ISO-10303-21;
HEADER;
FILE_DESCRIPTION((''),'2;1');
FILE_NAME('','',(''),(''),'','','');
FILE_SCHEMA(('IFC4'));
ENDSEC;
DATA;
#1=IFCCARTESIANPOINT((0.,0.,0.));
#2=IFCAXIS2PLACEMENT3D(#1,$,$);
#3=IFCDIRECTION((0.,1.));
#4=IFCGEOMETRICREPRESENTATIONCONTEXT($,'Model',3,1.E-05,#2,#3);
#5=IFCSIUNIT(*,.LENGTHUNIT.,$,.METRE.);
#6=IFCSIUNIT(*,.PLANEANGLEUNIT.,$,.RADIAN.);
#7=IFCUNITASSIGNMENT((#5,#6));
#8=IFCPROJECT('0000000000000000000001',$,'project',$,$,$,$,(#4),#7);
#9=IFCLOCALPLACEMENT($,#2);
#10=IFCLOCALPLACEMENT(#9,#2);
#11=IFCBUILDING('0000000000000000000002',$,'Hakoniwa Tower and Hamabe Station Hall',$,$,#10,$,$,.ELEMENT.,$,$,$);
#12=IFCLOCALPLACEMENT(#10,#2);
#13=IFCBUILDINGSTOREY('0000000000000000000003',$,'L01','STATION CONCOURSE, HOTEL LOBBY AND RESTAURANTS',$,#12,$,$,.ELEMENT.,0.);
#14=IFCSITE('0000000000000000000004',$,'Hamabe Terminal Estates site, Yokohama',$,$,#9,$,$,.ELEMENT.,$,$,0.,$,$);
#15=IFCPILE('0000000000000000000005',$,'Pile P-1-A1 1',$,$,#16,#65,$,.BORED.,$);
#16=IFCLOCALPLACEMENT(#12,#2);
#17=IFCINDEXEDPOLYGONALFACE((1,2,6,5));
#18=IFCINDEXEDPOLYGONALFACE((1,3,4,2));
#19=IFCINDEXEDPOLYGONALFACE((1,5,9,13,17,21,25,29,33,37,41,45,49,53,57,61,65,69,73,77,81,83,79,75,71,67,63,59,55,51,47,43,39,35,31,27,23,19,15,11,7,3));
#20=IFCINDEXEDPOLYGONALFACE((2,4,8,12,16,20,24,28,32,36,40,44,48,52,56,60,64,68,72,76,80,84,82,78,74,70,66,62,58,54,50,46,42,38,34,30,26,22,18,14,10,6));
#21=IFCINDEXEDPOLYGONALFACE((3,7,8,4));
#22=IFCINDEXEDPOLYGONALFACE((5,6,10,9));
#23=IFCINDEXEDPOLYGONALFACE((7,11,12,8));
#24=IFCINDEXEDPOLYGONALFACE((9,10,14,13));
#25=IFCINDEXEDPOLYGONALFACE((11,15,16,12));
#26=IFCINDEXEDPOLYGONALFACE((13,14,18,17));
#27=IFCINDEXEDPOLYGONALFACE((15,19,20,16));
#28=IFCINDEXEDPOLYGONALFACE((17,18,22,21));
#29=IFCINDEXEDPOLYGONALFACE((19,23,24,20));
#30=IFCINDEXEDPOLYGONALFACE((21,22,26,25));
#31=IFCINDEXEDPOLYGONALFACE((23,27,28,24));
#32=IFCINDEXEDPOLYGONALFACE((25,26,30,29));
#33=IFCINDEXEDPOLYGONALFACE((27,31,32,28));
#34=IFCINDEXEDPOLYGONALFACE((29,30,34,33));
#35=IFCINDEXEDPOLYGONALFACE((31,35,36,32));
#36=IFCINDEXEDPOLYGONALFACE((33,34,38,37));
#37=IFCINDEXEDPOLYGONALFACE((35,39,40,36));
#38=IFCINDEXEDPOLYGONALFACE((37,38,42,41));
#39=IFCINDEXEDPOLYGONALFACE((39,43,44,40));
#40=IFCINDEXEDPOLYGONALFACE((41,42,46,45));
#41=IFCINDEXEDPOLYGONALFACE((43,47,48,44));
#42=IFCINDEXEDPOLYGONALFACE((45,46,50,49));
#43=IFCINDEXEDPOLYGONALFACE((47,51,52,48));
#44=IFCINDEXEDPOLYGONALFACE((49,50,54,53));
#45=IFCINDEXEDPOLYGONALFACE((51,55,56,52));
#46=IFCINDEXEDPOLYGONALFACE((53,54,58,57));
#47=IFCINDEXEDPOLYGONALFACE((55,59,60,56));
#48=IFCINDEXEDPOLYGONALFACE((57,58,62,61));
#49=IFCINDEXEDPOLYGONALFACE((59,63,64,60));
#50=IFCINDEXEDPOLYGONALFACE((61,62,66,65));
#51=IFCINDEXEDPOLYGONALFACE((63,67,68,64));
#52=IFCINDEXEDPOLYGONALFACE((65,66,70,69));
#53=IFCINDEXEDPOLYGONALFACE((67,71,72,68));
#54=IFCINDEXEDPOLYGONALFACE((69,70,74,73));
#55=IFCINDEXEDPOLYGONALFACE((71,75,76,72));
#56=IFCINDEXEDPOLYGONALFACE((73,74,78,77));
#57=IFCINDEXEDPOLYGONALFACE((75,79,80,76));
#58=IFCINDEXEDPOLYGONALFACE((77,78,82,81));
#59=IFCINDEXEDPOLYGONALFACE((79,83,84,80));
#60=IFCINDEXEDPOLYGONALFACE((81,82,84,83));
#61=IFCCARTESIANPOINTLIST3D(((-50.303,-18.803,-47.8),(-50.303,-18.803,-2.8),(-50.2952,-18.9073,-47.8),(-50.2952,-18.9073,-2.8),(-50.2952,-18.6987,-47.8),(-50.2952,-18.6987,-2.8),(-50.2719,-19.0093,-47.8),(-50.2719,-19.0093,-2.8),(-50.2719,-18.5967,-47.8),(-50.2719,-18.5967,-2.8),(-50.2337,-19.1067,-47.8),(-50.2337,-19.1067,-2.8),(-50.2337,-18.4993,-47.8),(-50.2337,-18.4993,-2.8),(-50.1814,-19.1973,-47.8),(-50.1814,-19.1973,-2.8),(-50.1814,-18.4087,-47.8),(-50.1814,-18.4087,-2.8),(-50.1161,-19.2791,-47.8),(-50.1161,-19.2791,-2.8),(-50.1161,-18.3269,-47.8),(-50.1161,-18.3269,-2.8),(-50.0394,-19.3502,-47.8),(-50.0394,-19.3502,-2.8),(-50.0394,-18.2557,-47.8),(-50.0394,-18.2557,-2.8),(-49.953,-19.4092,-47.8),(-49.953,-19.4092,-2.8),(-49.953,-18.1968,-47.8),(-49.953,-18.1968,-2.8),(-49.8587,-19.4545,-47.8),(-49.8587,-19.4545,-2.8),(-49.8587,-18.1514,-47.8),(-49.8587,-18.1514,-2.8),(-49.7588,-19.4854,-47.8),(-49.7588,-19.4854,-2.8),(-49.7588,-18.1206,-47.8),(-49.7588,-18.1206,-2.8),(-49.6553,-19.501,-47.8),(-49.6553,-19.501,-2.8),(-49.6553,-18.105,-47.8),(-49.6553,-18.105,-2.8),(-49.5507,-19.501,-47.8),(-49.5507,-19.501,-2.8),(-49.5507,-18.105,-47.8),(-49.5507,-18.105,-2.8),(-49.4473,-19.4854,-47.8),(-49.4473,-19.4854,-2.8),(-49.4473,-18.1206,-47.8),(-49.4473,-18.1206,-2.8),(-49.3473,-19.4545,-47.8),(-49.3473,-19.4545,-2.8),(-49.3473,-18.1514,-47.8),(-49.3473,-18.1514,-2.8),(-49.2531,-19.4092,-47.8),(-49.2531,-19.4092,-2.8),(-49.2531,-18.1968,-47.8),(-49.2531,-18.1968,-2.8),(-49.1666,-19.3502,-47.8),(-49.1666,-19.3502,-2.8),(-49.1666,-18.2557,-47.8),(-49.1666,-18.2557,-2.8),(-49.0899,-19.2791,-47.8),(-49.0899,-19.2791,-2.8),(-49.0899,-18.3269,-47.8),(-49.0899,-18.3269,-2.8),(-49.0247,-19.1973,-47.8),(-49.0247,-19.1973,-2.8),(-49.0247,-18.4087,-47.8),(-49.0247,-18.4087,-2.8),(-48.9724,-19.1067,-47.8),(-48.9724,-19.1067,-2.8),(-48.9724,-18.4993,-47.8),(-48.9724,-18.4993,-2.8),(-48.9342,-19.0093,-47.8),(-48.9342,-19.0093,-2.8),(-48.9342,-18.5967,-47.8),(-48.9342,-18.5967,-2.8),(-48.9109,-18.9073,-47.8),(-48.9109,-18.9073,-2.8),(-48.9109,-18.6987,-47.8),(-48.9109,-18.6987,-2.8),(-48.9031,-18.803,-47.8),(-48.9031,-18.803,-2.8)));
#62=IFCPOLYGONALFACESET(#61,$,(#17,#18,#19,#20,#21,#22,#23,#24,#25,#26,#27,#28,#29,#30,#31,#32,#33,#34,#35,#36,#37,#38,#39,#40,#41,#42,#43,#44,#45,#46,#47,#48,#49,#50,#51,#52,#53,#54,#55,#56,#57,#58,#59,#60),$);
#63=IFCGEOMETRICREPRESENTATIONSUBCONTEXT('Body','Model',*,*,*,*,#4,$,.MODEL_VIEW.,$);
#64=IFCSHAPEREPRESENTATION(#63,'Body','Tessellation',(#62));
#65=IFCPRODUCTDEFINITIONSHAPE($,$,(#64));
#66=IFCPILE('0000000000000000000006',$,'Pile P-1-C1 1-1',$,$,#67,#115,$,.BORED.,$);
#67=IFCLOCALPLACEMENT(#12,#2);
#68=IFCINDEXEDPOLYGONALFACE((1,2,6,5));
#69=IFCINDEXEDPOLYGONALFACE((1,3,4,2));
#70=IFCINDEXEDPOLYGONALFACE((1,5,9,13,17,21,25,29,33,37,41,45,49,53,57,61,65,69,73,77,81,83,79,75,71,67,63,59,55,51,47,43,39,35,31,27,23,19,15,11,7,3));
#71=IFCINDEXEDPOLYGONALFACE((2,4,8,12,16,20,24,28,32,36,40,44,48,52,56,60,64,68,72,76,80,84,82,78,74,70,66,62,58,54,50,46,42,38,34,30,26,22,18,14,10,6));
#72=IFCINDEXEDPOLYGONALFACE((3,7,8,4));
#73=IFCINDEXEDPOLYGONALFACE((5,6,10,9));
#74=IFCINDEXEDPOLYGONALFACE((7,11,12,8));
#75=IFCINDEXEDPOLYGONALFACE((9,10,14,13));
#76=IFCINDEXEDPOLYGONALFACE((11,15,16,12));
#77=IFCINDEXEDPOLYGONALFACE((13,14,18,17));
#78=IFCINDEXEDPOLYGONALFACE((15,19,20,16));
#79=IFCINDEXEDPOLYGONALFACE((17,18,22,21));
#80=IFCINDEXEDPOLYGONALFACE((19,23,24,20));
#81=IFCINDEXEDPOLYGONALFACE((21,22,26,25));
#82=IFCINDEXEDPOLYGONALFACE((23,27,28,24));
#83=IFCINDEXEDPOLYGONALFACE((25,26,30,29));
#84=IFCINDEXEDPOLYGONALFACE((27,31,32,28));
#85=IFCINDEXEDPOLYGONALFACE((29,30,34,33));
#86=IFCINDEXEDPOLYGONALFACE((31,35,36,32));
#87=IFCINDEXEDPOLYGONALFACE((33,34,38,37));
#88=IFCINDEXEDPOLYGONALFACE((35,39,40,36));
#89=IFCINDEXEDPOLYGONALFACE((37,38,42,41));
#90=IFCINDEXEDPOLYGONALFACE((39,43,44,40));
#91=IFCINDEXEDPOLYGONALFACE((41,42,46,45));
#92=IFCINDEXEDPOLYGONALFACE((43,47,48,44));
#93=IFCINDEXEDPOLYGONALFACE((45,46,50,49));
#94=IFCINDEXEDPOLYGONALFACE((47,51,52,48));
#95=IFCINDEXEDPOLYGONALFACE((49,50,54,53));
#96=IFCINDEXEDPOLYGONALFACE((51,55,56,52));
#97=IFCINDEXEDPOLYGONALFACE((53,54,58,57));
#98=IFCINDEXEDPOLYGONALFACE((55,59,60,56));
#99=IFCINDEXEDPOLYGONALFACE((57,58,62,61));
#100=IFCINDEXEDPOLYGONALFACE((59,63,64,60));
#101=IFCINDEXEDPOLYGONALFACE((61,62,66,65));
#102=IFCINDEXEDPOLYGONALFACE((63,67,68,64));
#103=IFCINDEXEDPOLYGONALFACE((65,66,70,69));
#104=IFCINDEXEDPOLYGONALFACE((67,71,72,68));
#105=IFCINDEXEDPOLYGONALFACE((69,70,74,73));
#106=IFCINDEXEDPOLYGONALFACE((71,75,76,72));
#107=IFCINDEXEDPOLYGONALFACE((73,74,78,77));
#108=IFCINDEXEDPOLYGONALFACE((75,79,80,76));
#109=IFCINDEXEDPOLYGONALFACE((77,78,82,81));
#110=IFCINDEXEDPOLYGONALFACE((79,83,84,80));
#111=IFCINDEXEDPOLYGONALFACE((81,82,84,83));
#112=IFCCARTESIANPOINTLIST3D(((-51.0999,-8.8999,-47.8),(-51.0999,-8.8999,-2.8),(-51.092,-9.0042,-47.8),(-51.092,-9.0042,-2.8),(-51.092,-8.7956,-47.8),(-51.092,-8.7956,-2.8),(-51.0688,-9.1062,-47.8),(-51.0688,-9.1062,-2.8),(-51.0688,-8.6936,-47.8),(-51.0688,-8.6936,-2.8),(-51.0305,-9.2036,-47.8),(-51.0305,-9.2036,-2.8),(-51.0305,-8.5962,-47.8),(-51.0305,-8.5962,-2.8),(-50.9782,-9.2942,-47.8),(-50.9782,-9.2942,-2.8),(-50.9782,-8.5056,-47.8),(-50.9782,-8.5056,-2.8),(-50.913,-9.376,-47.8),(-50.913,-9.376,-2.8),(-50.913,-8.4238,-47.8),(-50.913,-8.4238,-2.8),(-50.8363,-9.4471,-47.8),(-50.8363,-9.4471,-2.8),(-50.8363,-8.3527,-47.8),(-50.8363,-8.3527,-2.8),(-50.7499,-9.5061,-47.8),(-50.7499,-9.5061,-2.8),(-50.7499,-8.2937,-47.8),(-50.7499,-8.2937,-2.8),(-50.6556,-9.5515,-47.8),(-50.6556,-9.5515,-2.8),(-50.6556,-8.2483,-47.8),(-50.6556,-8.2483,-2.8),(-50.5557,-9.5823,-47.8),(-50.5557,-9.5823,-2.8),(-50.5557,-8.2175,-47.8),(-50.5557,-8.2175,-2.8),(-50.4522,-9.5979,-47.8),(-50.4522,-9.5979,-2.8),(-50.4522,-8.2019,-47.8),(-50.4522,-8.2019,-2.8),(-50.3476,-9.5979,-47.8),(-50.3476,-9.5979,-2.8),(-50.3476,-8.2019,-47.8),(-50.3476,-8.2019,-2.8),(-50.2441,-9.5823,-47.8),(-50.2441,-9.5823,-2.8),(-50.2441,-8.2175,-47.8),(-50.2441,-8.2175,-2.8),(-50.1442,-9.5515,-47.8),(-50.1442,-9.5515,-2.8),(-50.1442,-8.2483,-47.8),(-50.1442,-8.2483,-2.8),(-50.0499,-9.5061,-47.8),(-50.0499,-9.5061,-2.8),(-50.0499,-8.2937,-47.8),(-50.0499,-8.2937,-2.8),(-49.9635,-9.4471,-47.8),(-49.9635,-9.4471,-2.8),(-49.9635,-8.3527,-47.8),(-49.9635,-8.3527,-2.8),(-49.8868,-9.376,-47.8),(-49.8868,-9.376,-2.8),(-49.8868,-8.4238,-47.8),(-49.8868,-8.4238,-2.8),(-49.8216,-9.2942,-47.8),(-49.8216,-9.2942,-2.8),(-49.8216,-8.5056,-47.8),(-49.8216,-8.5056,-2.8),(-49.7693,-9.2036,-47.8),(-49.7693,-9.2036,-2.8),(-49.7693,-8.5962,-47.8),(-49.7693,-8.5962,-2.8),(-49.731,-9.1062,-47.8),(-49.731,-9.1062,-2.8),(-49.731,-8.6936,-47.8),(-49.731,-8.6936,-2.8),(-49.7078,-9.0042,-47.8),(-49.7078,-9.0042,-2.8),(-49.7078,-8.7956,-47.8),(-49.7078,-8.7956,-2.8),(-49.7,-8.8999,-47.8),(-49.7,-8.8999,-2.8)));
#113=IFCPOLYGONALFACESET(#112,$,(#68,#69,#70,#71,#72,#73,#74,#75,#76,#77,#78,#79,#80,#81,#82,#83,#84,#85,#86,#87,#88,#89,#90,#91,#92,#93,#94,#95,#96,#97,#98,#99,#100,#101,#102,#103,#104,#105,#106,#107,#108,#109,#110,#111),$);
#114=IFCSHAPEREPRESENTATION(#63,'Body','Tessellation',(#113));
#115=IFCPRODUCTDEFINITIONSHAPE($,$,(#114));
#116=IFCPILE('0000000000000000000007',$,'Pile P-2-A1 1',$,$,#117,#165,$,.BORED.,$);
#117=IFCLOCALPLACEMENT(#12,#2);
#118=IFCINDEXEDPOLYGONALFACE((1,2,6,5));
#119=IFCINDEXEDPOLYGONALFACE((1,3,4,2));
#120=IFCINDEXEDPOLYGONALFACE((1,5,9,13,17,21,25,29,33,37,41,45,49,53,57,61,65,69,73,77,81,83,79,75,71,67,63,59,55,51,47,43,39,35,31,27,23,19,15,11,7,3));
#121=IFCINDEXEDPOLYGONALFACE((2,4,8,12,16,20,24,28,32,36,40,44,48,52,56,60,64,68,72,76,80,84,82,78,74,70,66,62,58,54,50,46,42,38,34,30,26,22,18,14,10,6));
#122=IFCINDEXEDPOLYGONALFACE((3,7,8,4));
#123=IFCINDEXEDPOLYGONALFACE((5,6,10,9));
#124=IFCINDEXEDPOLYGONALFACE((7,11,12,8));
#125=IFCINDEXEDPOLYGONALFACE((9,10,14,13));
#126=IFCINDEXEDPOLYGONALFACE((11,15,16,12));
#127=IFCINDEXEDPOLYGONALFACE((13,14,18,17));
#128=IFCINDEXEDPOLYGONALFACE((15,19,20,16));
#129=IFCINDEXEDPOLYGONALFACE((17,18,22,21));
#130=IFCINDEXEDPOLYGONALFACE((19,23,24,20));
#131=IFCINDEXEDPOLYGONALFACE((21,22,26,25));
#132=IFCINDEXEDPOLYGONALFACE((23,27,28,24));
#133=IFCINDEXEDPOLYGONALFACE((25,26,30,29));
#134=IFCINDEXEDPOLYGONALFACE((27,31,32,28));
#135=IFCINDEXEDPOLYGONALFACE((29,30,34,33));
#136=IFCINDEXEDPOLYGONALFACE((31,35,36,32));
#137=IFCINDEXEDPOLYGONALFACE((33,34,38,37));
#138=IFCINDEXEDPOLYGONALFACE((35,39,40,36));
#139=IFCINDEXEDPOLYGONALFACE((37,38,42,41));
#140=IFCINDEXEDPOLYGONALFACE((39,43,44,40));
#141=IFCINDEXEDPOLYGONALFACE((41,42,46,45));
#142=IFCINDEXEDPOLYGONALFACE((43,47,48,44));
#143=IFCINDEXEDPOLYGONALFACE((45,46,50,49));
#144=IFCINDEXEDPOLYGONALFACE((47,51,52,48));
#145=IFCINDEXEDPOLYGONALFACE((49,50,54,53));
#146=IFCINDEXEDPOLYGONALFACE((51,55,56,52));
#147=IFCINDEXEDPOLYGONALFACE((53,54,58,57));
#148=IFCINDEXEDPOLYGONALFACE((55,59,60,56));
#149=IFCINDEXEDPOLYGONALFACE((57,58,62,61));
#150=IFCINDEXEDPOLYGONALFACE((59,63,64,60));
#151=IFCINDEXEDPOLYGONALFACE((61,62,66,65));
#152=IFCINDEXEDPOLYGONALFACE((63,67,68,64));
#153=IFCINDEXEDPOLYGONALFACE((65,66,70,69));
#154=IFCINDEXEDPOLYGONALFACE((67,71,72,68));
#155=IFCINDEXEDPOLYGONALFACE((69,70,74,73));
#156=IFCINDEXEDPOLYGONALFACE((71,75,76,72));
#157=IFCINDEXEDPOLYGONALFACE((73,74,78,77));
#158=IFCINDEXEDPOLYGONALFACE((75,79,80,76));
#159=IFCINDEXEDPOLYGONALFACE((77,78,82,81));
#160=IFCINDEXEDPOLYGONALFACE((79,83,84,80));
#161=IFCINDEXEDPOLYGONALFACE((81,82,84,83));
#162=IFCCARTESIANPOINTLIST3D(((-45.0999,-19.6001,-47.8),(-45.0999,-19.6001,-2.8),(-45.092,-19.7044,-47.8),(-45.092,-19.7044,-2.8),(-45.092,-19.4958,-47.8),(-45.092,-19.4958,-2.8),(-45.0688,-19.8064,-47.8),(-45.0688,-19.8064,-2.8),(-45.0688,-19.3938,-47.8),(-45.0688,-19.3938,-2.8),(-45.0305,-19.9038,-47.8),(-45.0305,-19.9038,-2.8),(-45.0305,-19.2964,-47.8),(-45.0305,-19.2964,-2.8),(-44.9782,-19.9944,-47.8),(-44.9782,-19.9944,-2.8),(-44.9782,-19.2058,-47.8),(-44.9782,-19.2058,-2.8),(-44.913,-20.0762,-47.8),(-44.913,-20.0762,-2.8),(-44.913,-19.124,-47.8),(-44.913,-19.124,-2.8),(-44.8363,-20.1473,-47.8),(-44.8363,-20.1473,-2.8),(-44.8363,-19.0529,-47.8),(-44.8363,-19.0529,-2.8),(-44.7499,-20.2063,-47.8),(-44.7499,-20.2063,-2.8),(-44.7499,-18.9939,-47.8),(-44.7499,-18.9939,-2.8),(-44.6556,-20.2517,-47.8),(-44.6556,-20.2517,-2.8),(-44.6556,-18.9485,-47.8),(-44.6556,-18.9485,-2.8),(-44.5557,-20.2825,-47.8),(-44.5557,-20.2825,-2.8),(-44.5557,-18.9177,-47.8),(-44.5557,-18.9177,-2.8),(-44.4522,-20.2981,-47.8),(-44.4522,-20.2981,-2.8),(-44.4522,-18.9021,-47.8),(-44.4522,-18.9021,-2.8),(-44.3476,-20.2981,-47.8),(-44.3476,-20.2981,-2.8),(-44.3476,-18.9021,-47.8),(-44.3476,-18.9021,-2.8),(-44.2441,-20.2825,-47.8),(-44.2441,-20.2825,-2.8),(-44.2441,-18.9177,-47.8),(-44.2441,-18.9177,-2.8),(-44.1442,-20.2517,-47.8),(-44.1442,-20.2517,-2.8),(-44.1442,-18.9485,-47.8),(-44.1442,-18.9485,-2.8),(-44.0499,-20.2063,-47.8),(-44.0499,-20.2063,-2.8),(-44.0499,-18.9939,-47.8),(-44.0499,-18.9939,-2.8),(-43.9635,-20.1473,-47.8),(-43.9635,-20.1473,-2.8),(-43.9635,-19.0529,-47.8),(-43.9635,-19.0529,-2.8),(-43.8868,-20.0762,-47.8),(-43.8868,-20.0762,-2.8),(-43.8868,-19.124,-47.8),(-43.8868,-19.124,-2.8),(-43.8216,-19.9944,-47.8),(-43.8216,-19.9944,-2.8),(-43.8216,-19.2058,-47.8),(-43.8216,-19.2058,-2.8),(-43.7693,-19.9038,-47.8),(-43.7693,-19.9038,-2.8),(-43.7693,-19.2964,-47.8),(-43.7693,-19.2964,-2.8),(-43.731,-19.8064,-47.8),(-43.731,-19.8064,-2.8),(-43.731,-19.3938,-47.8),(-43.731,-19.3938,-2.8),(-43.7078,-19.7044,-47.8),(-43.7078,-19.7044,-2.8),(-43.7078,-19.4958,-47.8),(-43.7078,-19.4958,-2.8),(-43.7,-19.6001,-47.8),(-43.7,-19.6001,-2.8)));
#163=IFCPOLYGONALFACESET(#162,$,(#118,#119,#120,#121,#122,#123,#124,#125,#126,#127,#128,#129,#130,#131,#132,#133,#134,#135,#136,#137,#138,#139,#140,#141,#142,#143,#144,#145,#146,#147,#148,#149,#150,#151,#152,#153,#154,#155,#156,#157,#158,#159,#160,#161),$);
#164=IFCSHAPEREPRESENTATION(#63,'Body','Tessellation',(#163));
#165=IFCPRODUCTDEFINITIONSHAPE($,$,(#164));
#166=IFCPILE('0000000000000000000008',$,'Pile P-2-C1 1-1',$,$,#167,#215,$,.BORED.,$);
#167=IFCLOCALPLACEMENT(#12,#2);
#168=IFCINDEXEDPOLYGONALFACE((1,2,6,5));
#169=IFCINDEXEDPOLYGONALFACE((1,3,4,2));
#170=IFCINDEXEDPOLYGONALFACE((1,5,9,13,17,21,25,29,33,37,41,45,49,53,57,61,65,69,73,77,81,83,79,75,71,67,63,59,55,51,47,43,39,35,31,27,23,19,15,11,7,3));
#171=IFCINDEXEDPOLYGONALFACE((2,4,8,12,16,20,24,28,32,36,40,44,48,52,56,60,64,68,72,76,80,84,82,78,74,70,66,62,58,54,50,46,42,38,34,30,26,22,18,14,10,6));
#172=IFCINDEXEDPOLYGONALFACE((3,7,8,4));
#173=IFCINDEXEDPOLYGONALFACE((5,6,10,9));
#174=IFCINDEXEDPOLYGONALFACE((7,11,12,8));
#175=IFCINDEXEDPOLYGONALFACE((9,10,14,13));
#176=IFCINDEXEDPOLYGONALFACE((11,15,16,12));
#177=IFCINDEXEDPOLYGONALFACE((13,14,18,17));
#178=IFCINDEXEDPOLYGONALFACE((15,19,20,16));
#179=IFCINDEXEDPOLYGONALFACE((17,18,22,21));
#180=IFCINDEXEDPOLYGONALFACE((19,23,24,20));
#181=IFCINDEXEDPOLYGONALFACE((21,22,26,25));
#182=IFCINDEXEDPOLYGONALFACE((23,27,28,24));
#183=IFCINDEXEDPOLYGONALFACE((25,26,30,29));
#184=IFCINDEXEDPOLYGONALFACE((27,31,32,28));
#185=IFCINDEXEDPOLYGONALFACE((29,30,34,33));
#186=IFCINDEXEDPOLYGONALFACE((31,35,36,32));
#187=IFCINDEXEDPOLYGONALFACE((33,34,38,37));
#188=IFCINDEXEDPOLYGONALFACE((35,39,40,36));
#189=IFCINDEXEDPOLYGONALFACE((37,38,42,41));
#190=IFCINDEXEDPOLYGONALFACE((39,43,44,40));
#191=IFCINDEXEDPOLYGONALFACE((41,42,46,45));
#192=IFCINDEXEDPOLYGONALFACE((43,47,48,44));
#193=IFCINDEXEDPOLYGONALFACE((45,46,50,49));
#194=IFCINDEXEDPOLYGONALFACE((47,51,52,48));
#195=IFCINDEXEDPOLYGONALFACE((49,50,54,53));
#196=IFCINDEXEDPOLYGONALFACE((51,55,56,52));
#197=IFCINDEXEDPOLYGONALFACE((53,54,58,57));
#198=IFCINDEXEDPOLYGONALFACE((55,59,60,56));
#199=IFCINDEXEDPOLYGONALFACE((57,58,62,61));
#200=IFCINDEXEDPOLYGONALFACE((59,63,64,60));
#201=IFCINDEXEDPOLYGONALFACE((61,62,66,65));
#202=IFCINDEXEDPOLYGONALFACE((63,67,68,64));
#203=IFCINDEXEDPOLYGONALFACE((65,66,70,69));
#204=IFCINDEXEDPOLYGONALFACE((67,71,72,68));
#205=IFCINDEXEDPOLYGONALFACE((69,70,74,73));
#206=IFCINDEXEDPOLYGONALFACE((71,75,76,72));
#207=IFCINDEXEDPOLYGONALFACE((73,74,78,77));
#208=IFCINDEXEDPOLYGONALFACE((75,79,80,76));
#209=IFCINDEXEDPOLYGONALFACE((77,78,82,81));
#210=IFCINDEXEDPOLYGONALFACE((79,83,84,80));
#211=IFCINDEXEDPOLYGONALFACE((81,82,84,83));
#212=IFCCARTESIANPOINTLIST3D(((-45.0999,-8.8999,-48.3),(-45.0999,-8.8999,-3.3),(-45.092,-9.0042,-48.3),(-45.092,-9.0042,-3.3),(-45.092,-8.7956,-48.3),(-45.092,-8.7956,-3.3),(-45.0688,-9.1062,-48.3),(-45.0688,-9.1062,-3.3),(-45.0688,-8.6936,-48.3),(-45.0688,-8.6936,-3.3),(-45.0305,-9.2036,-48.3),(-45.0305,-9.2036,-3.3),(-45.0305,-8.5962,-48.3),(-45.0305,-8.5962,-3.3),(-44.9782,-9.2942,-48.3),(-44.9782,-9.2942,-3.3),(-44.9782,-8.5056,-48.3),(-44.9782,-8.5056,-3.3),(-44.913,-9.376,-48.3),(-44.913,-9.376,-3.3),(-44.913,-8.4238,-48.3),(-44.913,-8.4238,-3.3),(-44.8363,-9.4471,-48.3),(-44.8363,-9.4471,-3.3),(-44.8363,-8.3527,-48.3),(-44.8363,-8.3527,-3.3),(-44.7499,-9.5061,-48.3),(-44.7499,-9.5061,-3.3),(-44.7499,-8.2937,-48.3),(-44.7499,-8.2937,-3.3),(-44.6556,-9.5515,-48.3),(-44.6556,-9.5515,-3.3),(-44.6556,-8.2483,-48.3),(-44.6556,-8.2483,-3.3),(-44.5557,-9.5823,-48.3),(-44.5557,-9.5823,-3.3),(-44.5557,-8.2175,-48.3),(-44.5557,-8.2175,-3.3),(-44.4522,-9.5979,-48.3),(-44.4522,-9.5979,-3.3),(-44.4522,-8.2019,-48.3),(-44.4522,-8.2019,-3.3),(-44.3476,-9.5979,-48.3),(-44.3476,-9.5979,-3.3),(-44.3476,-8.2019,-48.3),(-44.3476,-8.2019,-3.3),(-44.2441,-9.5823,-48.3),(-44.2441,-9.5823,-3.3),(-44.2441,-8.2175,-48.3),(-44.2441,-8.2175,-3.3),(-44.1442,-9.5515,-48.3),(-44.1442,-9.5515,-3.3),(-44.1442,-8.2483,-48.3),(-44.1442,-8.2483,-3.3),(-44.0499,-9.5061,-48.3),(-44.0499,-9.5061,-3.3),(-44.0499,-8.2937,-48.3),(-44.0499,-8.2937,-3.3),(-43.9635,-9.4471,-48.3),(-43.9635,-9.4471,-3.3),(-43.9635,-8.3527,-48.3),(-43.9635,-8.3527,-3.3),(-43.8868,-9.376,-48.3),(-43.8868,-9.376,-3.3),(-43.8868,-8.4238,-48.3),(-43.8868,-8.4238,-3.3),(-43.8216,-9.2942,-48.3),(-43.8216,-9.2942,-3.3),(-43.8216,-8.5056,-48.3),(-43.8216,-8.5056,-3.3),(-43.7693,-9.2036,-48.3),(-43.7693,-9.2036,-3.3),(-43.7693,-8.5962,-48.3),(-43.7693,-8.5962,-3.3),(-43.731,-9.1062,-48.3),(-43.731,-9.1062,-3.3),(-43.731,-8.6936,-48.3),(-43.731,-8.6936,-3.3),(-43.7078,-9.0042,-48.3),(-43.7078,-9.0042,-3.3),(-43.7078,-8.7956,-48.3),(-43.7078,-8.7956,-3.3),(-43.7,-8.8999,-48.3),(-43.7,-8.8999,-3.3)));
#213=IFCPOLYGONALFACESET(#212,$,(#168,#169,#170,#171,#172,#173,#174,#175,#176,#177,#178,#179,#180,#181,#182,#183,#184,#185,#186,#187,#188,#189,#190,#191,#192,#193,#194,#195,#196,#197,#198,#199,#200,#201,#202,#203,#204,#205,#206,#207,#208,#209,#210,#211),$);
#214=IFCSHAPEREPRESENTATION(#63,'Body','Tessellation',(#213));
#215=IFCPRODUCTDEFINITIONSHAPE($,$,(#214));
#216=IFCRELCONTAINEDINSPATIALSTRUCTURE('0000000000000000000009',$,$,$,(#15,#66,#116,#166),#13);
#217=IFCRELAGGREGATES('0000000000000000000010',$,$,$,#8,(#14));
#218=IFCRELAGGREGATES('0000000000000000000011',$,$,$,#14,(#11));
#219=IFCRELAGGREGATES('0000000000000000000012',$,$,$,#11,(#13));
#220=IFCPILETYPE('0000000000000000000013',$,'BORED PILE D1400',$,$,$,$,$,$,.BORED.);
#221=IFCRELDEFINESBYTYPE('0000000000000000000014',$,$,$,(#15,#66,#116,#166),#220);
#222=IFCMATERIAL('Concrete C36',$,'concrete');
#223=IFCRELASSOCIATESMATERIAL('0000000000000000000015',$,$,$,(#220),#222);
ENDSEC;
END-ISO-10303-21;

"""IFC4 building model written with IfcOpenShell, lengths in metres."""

from ifc_helpers import new_model, si_unit, direction, frame, origin, origin_2d, place, context, subcontext, project, spatial, circle, extrude, material, material_profile, profile_set, type_object, element, save


model = new_model("IFC4")

# Units and contexts
model_context = context("Model", 3, precision=1e-05, world=origin(), true_north=direction((0.0, 1.0)))
body_context = subcontext(model_context, "Body", "Model", "MODEL_VIEW")
ifc_project = project(units=[si_unit("LENGTHUNIT", "METRE"), si_unit("PLANEANGLEUNIT", "RADIAN")], contexts=[model_context])

# Site, building, storey
site_placement = place(None, origin())
site = spatial("IfcSite", under=ifc_project, at=site_placement, Name="Hamabe Terminal Estates site, Yokohama", CompositionType="ELEMENT", RefElevation=0.0)
building_placement = place(site_placement, origin())
building = spatial("IfcBuilding", under=site, at=building_placement, Name="Hakoniwa Tower and Hamabe Station Hall", CompositionType="ELEMENT")
storey_placement = place(building_placement, origin())
storey = spatial("IfcBuildingStorey", under=building, at=storey_placement, Name="L01", Description="STATION CONCOURSE, HOTEL LOBBY AND RESTAURANTS", CompositionType="ELEMENT", Elevation=0.0)

# Piles
ifc_material_1 = material(Name="Concrete C36", Category="concrete")
ifc_material_profile_1 = material_profile(ifc_material_1, circle(Radius=0.7, at=origin_2d()), Name="BORED PILE D1400")
ifc_profile_set_1 = profile_set([ifc_material_profile_1], Name="Concrete C36")
pile_type = type_object("IfcPileType", Name="BORED PILE D1400", PredefinedType="BORED", material=ifc_profile_set_1)
for number, where, z_axis, x_axis, name in (
    (1, (-49.603, -18.803, -2.8), (0.0, 0.0, -1.0), (1.0, 0.0, 0.0), "Pile P-1-A1 1"),
    (2, (-50.3999, -8.8999, -2.8), (0.0, 0.0, -1.0), (1.0, 0.0, 0.0), "Pile P-1-C1 1-1"),
    (3, (-44.3999, -19.6001, -2.8), (0.0, 0.0, -1.0), (1.0, 0.0, 0.0), "Pile P-2-A1 1"),
    (4, (-44.3999, -8.8999, -3.3), (0.0, 0.0, -1.0), (1.0, 0.0, 0.0), "Pile P-2-C1 1-1"),
):
    element("IfcPile", number, at=place(storey_placement, frame(where, z_axis=z_axis, x_axis=x_axis)), inside=storey, type_object=pile_type, Name=name, PredefinedType="BORED", context=body_context, shape_type="SweptSolid", body=[
        extrude(circle(Radius=0.7, at=origin_2d()), origin(), (0.0, 0.0, 1.0), 45.0),
    ])

save(model, "model.ifc")
